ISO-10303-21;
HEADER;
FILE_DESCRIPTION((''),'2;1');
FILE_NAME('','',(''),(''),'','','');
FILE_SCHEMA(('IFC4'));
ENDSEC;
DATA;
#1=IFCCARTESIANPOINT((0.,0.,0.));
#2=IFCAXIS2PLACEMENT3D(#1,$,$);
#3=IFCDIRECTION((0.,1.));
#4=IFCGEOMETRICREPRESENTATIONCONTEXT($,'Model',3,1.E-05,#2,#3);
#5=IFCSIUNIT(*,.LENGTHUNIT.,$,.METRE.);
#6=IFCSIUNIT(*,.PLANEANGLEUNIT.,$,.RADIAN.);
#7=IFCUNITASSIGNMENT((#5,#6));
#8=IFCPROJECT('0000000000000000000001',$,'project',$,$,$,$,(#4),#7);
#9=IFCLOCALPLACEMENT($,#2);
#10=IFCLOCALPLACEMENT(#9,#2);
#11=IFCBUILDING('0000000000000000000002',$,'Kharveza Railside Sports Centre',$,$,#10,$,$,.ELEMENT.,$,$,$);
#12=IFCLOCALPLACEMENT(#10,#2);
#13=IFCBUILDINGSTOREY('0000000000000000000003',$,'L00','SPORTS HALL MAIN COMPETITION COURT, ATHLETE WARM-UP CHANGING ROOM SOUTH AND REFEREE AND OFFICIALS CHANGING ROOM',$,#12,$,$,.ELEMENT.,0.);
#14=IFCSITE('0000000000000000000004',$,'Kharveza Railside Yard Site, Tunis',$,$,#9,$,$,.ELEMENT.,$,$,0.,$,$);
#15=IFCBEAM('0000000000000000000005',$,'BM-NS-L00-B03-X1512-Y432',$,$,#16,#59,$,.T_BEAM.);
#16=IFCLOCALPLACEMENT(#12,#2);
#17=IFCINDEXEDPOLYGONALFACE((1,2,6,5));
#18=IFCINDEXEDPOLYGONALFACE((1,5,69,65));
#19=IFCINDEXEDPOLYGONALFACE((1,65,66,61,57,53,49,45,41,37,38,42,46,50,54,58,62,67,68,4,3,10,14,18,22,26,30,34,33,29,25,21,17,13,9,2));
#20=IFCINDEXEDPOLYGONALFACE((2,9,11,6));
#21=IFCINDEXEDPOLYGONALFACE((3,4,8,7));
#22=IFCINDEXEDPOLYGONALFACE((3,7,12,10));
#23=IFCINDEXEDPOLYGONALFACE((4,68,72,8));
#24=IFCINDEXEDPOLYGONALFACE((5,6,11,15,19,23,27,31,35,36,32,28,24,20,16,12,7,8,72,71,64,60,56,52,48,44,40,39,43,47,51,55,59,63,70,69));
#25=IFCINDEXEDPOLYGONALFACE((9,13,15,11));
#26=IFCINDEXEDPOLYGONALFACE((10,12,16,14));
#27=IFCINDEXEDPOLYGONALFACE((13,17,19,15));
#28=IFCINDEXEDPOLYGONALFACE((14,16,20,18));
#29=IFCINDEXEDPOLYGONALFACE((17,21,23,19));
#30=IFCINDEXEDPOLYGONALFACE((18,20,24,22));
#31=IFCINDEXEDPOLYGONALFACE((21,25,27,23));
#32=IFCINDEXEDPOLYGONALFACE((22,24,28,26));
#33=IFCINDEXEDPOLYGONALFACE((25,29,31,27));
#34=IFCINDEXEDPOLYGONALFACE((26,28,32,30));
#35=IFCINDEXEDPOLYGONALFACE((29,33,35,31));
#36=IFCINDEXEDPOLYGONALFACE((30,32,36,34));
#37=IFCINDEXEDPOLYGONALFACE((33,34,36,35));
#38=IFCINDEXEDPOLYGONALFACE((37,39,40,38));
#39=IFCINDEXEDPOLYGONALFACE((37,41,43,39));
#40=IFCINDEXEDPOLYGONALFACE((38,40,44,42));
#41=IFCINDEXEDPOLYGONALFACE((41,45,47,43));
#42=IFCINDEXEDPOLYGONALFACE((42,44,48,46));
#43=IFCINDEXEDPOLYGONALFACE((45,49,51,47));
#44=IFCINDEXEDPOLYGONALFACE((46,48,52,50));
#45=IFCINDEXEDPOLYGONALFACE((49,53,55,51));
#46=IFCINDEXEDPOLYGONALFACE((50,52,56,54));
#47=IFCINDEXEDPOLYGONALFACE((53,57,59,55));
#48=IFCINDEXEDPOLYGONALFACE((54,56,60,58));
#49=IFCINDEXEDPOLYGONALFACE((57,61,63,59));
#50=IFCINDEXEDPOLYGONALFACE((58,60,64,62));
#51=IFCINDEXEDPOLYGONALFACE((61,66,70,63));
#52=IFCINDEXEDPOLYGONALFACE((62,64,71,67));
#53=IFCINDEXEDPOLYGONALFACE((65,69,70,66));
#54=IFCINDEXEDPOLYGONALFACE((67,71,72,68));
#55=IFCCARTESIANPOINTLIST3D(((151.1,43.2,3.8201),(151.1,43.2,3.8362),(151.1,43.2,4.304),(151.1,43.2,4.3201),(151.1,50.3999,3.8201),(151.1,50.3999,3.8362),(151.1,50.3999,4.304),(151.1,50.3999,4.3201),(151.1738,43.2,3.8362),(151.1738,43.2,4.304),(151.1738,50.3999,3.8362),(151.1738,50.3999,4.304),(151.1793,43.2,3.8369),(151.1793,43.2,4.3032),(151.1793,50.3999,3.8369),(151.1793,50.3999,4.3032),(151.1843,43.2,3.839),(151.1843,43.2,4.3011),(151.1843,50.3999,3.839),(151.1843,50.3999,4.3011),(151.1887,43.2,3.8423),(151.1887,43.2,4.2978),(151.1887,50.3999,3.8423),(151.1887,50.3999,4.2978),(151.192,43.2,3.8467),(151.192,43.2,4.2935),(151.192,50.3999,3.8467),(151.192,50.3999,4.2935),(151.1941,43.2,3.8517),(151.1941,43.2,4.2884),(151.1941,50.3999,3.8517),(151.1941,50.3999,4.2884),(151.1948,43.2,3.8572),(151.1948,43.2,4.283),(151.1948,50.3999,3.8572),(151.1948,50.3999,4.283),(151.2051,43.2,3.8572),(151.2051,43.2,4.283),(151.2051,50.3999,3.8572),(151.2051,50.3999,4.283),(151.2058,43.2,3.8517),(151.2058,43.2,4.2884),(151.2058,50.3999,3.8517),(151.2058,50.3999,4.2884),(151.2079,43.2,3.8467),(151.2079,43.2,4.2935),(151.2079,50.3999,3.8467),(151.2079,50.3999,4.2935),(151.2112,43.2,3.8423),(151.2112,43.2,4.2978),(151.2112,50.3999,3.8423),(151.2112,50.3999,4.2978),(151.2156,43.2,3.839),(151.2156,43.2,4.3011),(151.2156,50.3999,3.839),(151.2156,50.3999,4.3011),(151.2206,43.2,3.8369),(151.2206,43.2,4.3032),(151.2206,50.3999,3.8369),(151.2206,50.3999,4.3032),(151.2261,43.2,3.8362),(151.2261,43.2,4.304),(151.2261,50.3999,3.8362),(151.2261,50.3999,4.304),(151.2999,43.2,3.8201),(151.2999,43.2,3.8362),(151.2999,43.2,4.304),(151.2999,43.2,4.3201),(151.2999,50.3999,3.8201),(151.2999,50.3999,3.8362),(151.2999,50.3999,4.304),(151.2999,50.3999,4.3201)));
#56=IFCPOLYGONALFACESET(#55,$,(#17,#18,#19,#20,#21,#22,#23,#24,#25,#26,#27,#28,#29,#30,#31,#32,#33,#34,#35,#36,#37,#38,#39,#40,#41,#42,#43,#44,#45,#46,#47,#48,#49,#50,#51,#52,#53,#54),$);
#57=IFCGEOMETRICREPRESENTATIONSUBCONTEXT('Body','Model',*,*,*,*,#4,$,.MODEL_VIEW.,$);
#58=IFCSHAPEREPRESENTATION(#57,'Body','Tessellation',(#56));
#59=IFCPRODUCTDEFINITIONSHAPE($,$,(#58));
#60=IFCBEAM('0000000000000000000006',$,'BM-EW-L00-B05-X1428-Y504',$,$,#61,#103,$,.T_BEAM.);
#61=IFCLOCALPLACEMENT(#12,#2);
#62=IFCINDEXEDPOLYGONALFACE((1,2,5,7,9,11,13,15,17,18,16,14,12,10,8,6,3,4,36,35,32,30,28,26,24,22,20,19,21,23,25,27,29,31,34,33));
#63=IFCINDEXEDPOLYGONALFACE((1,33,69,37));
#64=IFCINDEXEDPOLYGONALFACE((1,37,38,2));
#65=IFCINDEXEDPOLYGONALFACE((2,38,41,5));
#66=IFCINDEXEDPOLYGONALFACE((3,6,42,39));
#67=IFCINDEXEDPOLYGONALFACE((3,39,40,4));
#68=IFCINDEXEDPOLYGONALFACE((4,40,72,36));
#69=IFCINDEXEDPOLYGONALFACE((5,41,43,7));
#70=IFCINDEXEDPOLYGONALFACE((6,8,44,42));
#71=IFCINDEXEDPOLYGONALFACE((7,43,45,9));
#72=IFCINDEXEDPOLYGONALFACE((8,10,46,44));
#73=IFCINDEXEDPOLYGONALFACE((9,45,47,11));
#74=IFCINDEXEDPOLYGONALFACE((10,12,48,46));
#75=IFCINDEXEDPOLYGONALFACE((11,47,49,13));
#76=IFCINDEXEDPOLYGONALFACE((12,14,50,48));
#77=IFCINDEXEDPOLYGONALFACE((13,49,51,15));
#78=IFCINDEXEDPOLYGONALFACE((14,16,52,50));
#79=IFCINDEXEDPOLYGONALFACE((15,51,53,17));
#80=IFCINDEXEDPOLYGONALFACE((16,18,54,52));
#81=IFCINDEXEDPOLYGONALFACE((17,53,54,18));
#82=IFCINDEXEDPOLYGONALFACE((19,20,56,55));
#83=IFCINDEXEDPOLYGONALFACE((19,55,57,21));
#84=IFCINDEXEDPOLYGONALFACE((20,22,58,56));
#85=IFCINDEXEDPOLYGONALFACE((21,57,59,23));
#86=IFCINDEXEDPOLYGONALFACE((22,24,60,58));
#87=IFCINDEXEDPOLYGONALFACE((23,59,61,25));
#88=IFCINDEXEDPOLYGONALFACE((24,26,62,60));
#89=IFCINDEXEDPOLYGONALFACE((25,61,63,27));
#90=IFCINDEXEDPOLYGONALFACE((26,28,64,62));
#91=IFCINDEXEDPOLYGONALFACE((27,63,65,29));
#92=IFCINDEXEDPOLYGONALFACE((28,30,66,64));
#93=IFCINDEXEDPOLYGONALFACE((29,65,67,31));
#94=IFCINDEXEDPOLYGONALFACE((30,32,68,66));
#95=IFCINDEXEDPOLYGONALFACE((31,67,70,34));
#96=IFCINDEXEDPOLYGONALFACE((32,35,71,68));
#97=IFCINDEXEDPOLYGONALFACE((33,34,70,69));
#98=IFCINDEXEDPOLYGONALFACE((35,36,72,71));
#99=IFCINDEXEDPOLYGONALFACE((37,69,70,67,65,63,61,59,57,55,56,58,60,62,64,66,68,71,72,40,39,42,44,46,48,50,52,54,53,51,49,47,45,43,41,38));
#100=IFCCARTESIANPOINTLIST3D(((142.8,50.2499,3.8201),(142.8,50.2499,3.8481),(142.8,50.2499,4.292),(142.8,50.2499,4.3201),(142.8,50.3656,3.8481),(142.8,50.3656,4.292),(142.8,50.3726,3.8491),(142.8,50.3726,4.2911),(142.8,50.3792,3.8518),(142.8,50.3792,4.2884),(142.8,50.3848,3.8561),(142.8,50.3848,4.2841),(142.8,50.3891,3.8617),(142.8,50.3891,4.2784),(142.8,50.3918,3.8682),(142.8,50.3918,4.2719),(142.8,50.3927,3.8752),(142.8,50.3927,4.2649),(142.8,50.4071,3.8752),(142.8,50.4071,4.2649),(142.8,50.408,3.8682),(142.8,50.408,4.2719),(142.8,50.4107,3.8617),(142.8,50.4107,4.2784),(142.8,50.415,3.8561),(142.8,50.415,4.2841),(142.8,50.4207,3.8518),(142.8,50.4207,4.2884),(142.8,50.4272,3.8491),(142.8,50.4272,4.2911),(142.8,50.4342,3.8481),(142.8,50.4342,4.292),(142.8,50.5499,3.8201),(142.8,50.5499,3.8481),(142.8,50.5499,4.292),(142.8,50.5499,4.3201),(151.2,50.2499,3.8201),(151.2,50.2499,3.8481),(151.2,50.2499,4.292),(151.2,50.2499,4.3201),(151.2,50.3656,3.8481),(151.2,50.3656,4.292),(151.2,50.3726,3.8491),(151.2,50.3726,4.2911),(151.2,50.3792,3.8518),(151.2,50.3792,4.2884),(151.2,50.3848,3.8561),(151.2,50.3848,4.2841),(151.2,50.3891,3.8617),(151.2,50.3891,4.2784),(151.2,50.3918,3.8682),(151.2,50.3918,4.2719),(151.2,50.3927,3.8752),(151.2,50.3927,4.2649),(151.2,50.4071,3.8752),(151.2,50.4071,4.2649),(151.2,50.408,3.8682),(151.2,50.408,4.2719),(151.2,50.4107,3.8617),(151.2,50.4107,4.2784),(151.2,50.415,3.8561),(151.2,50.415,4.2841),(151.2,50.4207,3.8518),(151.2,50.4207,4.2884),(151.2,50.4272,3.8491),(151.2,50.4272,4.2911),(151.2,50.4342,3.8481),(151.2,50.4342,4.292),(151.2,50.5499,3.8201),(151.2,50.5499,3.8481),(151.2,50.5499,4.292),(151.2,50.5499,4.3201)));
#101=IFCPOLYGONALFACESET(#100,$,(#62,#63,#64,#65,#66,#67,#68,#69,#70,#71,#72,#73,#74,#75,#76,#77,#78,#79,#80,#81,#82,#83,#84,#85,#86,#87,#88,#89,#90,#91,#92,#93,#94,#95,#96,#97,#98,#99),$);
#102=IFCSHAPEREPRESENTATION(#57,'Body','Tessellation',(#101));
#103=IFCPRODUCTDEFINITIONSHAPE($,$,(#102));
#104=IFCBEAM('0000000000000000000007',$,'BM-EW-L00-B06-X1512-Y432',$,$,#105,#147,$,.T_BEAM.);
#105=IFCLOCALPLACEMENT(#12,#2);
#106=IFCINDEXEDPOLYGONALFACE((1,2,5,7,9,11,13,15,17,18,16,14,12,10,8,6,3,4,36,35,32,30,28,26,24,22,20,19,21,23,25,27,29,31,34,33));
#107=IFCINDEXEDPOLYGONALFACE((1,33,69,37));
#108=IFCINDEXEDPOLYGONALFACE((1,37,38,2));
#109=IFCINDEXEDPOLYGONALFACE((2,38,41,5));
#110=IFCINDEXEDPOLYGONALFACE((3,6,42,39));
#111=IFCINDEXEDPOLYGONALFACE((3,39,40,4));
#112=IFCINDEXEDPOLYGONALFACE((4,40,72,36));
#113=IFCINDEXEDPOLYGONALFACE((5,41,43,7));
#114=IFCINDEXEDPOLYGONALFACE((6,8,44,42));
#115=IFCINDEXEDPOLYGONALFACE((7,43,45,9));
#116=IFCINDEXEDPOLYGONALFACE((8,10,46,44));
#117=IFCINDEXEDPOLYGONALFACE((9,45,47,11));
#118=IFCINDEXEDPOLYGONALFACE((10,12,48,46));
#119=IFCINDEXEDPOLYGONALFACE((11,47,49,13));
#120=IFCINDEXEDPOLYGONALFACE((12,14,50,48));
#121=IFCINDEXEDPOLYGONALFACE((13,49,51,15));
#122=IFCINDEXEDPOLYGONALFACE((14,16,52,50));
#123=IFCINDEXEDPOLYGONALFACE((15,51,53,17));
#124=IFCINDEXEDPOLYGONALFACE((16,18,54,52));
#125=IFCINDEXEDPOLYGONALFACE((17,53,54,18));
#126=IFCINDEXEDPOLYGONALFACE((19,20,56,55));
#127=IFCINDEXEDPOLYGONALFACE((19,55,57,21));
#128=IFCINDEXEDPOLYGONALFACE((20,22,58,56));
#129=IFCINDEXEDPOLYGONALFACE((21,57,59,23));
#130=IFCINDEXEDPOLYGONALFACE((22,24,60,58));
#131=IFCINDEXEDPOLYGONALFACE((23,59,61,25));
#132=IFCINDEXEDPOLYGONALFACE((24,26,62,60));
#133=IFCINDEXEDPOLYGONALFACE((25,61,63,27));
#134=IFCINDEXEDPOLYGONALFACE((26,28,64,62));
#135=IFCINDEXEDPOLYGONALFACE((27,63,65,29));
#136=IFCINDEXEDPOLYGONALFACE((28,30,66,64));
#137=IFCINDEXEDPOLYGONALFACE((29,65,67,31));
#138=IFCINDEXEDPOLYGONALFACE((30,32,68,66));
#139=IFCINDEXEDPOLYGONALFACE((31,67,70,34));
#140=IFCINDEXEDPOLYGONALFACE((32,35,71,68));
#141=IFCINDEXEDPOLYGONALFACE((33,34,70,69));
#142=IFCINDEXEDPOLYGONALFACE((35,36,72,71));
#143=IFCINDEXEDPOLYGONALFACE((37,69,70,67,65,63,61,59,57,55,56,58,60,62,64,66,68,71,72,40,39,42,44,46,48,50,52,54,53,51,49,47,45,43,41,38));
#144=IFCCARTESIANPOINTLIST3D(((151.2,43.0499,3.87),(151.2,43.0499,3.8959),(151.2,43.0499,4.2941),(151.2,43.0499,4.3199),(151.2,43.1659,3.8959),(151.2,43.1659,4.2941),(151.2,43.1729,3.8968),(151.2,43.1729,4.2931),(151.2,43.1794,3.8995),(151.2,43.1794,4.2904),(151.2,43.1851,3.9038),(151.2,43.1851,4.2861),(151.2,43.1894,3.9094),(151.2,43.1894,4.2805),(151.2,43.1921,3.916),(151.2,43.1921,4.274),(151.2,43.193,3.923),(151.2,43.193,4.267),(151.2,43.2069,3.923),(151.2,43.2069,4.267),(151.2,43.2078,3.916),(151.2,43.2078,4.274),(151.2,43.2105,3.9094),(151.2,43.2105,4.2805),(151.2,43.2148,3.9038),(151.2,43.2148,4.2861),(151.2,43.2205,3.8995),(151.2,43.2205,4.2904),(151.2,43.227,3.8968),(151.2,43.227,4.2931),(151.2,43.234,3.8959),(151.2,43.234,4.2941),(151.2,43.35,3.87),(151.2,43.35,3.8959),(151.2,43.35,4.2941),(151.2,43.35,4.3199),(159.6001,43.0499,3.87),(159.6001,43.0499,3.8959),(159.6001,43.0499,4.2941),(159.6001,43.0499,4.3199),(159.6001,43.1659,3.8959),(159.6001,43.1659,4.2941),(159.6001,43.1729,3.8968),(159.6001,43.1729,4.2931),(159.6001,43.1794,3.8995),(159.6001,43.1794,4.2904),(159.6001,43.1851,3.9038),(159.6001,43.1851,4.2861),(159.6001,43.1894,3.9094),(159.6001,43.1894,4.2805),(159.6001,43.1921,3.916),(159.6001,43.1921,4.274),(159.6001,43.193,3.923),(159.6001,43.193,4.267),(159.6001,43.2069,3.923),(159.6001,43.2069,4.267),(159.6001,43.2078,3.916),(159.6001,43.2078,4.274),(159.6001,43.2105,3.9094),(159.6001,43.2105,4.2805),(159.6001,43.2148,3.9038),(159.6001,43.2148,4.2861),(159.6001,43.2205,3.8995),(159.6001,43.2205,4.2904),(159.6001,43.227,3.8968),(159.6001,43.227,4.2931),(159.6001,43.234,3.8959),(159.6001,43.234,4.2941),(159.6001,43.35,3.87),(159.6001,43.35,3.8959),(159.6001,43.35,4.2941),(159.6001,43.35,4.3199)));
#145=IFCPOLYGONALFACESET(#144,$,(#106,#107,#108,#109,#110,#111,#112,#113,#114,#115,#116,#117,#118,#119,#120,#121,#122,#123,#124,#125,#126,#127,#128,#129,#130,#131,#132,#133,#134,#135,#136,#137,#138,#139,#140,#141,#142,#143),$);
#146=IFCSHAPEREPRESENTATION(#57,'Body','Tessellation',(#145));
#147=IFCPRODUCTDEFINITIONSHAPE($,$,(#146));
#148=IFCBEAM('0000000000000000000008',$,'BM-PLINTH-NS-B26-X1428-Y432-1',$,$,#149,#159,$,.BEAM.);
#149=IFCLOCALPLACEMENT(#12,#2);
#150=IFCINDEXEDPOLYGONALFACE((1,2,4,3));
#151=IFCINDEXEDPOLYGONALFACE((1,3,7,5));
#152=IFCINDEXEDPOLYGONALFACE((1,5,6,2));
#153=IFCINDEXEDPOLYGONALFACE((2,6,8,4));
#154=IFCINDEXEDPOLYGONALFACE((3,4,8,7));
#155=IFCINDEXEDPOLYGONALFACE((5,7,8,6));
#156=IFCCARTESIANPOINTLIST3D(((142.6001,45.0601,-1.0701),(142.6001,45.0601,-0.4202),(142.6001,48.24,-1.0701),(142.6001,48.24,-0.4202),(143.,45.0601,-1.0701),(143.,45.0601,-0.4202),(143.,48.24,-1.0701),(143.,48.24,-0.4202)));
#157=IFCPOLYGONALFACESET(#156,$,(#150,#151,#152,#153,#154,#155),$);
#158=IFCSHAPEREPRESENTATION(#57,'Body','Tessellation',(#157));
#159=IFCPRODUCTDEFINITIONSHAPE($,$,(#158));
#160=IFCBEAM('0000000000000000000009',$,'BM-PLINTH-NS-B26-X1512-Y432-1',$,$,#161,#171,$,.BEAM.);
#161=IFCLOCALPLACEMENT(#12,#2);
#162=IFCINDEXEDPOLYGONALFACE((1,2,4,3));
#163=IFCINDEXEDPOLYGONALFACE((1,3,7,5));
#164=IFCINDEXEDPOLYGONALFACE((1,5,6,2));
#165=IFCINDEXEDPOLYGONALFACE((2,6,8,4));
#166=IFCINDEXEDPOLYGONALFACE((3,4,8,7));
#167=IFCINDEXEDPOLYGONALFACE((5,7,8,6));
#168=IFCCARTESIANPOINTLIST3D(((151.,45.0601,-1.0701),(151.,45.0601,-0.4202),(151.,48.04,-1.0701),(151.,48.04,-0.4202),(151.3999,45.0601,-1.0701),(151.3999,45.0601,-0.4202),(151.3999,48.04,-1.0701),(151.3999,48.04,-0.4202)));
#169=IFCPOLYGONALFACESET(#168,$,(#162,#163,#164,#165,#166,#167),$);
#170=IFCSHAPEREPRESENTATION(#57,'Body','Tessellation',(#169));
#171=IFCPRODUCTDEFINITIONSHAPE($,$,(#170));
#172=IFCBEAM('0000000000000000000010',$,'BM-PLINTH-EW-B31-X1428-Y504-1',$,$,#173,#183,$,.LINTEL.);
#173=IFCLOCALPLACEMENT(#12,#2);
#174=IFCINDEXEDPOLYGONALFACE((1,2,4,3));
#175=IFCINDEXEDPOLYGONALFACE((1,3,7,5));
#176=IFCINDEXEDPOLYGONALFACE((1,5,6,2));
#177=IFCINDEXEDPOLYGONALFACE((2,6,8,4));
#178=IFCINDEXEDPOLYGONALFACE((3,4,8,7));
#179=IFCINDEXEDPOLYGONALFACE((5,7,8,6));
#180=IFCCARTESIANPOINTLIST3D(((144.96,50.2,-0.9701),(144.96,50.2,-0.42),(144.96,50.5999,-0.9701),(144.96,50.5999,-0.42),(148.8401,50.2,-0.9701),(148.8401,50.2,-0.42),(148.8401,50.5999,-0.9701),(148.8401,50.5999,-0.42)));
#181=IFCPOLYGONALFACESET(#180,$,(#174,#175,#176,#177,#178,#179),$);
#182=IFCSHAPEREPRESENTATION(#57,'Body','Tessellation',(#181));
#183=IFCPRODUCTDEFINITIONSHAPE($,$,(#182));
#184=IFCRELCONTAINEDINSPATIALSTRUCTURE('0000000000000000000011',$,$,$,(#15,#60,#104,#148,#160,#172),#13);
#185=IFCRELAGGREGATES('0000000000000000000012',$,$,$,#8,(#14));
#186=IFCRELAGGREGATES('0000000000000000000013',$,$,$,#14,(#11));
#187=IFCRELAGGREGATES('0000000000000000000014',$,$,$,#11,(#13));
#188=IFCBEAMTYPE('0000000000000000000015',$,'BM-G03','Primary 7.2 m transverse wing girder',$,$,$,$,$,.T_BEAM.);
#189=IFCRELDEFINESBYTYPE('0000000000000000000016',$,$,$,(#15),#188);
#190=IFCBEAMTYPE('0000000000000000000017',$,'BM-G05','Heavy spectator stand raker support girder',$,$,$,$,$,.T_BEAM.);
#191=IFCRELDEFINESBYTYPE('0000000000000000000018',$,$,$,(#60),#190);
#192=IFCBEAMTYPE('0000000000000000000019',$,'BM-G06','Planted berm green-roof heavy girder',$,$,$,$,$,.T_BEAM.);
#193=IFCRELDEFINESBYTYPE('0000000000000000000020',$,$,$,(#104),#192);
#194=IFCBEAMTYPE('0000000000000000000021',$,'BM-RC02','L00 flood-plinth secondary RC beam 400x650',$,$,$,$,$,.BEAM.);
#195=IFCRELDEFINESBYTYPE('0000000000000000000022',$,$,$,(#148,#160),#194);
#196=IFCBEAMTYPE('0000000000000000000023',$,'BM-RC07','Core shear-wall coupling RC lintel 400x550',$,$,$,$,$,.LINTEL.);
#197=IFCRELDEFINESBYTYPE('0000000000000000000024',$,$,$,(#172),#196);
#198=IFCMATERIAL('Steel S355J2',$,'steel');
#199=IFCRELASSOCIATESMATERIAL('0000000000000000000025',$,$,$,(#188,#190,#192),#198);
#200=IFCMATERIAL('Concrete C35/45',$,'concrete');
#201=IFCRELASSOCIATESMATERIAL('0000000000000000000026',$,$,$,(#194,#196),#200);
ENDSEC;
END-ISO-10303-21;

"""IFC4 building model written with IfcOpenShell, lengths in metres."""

from ifc_helpers import new_model, si_unit, direction, frame, origin, origin_2d, place, context, subcontext, project, spatial, rectangle, i_section, extrude, material, material_profile, profile_set, type_object, element, save


model = new_model("IFC4")

# Units and contexts
model_context = context("Model", 3, precision=1e-05, world=origin(), true_north=direction((0.0, 1.0)))
body_context = subcontext(model_context, "Body", "Model", "MODEL_VIEW")
ifc_project = project(units=[si_unit("LENGTHUNIT", "METRE"), si_unit("PLANEANGLEUNIT", "RADIAN")], contexts=[model_context])

# Site, building, storey
site_placement = place(None, origin())
site = spatial("IfcSite", under=ifc_project, at=site_placement, Name="Kharveza Railside Yard Site, Tunis", CompositionType="ELEMENT", RefElevation=0.0)
building_placement = place(site_placement, origin())
building = spatial("IfcBuilding", under=site, at=building_placement, Name="Kharveza Railside Sports Centre", CompositionType="ELEMENT")
storey_placement = place(building_placement, origin())
storey = spatial("IfcBuildingStorey", under=building, at=storey_placement, Name="L00", Description="SPORTS HALL MAIN COMPETITION COURT, ATHLETE WARM-UP CHANGING ROOM SOUTH AND REFEREE AND OFFICIALS CHANGING ROOM", CompositionType="ELEMENT", Elevation=0.0)

# Shared definitions
ifc_material_1 = material(Name="Concrete C35/45", Category="concrete")

# Shared definitions
ifc_material_2 = material(Name="Steel S355J2", Category="steel")

# Beams
ifc_material_profile_1 = material_profile(ifc_material_2, i_section(OverallWidth=0.2, OverallDepth=0.5, WebThickness=0.0103, FlangeThickness=0.0161, FilletRadius=0.021, at=origin_2d()), Name="IPE 500")
ifc_profile_set_1 = profile_set([ifc_material_profile_1], Name="Steel S355J2")
beam_type_1 = type_object("IfcBeamType", Name="BM-G03", Description="Primary 7.2 m transverse wing girder", PredefinedType="T_BEAM", material=ifc_profile_set_1)
beam_1_placement = place(storey_placement, frame((151.2, 43.2, 4.0701), z_axis=(0.0, 1.0, 0.0), x_axis=(-1.0, 0.0, 0.0)))
element("IfcBeam", 1, at=beam_1_placement, inside=storey, type_object=beam_type_1, Name="BM-NS-L00-B03-X1512-Y432", PredefinedType="T_BEAM", context=body_context, shape_type="SweptSolid", body=[
    extrude(i_section(OverallWidth=0.2, OverallDepth=0.5, WebThickness=0.0103, FlangeThickness=0.0161, FilletRadius=0.021, at=origin_2d()), origin(), (0.0, 0.0, 1.0), 7.2),
])
ifc_material_profile_2 = material_profile(ifc_material_2, i_section(OverallWidth=0.3, OverallDepth=0.5, WebThickness=0.0144, FlangeThickness=0.0281, FilletRadius=0.0271, at=origin_2d()), Name="HEB 500")
ifc_profile_set_2 = profile_set([ifc_material_profile_2], Name="Steel S355J2")
beam_type_2 = type_object("IfcBeamType", Name="BM-G05", Description="Heavy spectator stand raker support girder", PredefinedType="T_BEAM", material=ifc_profile_set_2)
beam_2_placement = place(storey_placement, frame((142.8, 50.3999, 4.0701), z_axis=(1.0, 0.0, 0.0), x_axis=(0.0, 1.0, 0.0)))
element("IfcBeam", 2, at=beam_2_placement, inside=storey, type_object=beam_type_2, Name="BM-EW-L00-B05-X1428-Y504", PredefinedType="T_BEAM", context=body_context, shape_type="SweptSolid", body=[
    extrude(i_section(OverallWidth=0.3, OverallDepth=0.5, WebThickness=0.0144, FlangeThickness=0.0281, FilletRadius=0.0271, at=origin_2d()), origin(), (0.0, 0.0, 1.0), 8.3999),
])
ifc_material_profile_3 = material_profile(ifc_material_2, i_section(OverallWidth=0.3, OverallDepth=0.45, WebThickness=0.0139, FlangeThickness=0.0259, FilletRadius=0.0271, at=origin_2d()), Name="HEB 450")
ifc_profile_set_3 = profile_set([ifc_material_profile_3], Name="Steel S355J2")
beam_type_3 = type_object("IfcBeamType", Name="BM-G06", Description="Planted berm green-roof heavy girder", PredefinedType="T_BEAM", material=ifc_profile_set_3)
beam_3_placement = place(storey_placement, frame((151.2, 43.2, 4.095), z_axis=(1.0, 0.0, 0.0), x_axis=(0.0, 1.0, 0.0)))
element("IfcBeam", 3, at=beam_3_placement, inside=storey, type_object=beam_type_3, Name="BM-EW-L00-B06-X1512-Y432", PredefinedType="T_BEAM", context=body_context, shape_type="SweptSolid", body=[
    extrude(i_section(OverallWidth=0.3, OverallDepth=0.45, WebThickness=0.0139, FlangeThickness=0.0259, FilletRadius=0.0271, at=origin_2d()), origin(), (0.0, 0.0, 1.0), 8.4001),
])
ifc_material_profile_4 = material_profile(ifc_material_1, rectangle(XDim=0.3999, YDim=0.6499, at=origin_2d()), Name="RCB 400x650")
ifc_profile_set_4 = profile_set([ifc_material_profile_4], Name="Concrete C35/45")
beam_type_4 = type_object("IfcBeamType", Name="BM-RC02", Description="L00 flood-plinth secondary RC beam 400x650", PredefinedType="BEAM", material=ifc_profile_set_4)
beam_4_placement = place(storey_placement, frame((142.8, 45.0601, -0.7451), z_axis=(0.0, 1.0, 0.0), x_axis=(-1.0, 0.0, 0.0)))
element("IfcBeam", 4, at=beam_4_placement, inside=storey, type_object=beam_type_4, Name="BM-PLINTH-NS-B26-X1428-Y432-1", PredefinedType="BEAM", context=body_context, shape_type="SweptSolid", body=[
    extrude(rectangle(XDim=0.3999, YDim=0.6499, at=origin_2d()), origin(), (0.0, 0.0, 1.0), 3.1799),
])
beam_5_placement = place(storey_placement, frame((151.2, 45.0601, -0.7451), z_axis=(0.0, 1.0, 0.0), x_axis=(-1.0, 0.0, 0.0)))
element("IfcBeam", 5, at=beam_5_placement, inside=storey, type_object=beam_type_4, Name="BM-PLINTH-NS-B26-X1512-Y432-1", PredefinedType="BEAM", context=body_context, shape_type="SweptSolid", body=[
    extrude(rectangle(XDim=0.3999, YDim=0.6499, at=origin_2d()), origin(), (0.0, 0.0, 1.0), 2.98),
])
ifc_material_profile_5 = material_profile(ifc_material_1, rectangle(XDim=0.3999, YDim=0.55, at=origin_2d()), Name="RCB 400x550")
ifc_profile_set_5 = profile_set([ifc_material_profile_5], Name="Concrete C35/45")
beam_type_5 = type_object("IfcBeamType", Name="BM-RC07", Description="Core shear-wall coupling RC lintel 400x550", PredefinedType="LINTEL", material=ifc_profile_set_5)
beam_6_placement = place(storey_placement, frame((144.96, 50.3999, -0.6951), z_axis=(1.0, 0.0, 0.0), x_axis=(0.0, 1.0, 0.0)))
element("IfcBeam", 6, at=beam_6_placement, inside=storey, type_object=beam_type_5, Name="BM-PLINTH-EW-B31-X1428-Y504-1", PredefinedType="LINTEL", context=body_context, shape_type="SweptSolid", body=[
    extrude(rectangle(XDim=0.3999, YDim=0.55, at=origin_2d()), origin(), (0.0, 0.0, 1.0), 3.8801),
])

save(model, "model.ifc")
